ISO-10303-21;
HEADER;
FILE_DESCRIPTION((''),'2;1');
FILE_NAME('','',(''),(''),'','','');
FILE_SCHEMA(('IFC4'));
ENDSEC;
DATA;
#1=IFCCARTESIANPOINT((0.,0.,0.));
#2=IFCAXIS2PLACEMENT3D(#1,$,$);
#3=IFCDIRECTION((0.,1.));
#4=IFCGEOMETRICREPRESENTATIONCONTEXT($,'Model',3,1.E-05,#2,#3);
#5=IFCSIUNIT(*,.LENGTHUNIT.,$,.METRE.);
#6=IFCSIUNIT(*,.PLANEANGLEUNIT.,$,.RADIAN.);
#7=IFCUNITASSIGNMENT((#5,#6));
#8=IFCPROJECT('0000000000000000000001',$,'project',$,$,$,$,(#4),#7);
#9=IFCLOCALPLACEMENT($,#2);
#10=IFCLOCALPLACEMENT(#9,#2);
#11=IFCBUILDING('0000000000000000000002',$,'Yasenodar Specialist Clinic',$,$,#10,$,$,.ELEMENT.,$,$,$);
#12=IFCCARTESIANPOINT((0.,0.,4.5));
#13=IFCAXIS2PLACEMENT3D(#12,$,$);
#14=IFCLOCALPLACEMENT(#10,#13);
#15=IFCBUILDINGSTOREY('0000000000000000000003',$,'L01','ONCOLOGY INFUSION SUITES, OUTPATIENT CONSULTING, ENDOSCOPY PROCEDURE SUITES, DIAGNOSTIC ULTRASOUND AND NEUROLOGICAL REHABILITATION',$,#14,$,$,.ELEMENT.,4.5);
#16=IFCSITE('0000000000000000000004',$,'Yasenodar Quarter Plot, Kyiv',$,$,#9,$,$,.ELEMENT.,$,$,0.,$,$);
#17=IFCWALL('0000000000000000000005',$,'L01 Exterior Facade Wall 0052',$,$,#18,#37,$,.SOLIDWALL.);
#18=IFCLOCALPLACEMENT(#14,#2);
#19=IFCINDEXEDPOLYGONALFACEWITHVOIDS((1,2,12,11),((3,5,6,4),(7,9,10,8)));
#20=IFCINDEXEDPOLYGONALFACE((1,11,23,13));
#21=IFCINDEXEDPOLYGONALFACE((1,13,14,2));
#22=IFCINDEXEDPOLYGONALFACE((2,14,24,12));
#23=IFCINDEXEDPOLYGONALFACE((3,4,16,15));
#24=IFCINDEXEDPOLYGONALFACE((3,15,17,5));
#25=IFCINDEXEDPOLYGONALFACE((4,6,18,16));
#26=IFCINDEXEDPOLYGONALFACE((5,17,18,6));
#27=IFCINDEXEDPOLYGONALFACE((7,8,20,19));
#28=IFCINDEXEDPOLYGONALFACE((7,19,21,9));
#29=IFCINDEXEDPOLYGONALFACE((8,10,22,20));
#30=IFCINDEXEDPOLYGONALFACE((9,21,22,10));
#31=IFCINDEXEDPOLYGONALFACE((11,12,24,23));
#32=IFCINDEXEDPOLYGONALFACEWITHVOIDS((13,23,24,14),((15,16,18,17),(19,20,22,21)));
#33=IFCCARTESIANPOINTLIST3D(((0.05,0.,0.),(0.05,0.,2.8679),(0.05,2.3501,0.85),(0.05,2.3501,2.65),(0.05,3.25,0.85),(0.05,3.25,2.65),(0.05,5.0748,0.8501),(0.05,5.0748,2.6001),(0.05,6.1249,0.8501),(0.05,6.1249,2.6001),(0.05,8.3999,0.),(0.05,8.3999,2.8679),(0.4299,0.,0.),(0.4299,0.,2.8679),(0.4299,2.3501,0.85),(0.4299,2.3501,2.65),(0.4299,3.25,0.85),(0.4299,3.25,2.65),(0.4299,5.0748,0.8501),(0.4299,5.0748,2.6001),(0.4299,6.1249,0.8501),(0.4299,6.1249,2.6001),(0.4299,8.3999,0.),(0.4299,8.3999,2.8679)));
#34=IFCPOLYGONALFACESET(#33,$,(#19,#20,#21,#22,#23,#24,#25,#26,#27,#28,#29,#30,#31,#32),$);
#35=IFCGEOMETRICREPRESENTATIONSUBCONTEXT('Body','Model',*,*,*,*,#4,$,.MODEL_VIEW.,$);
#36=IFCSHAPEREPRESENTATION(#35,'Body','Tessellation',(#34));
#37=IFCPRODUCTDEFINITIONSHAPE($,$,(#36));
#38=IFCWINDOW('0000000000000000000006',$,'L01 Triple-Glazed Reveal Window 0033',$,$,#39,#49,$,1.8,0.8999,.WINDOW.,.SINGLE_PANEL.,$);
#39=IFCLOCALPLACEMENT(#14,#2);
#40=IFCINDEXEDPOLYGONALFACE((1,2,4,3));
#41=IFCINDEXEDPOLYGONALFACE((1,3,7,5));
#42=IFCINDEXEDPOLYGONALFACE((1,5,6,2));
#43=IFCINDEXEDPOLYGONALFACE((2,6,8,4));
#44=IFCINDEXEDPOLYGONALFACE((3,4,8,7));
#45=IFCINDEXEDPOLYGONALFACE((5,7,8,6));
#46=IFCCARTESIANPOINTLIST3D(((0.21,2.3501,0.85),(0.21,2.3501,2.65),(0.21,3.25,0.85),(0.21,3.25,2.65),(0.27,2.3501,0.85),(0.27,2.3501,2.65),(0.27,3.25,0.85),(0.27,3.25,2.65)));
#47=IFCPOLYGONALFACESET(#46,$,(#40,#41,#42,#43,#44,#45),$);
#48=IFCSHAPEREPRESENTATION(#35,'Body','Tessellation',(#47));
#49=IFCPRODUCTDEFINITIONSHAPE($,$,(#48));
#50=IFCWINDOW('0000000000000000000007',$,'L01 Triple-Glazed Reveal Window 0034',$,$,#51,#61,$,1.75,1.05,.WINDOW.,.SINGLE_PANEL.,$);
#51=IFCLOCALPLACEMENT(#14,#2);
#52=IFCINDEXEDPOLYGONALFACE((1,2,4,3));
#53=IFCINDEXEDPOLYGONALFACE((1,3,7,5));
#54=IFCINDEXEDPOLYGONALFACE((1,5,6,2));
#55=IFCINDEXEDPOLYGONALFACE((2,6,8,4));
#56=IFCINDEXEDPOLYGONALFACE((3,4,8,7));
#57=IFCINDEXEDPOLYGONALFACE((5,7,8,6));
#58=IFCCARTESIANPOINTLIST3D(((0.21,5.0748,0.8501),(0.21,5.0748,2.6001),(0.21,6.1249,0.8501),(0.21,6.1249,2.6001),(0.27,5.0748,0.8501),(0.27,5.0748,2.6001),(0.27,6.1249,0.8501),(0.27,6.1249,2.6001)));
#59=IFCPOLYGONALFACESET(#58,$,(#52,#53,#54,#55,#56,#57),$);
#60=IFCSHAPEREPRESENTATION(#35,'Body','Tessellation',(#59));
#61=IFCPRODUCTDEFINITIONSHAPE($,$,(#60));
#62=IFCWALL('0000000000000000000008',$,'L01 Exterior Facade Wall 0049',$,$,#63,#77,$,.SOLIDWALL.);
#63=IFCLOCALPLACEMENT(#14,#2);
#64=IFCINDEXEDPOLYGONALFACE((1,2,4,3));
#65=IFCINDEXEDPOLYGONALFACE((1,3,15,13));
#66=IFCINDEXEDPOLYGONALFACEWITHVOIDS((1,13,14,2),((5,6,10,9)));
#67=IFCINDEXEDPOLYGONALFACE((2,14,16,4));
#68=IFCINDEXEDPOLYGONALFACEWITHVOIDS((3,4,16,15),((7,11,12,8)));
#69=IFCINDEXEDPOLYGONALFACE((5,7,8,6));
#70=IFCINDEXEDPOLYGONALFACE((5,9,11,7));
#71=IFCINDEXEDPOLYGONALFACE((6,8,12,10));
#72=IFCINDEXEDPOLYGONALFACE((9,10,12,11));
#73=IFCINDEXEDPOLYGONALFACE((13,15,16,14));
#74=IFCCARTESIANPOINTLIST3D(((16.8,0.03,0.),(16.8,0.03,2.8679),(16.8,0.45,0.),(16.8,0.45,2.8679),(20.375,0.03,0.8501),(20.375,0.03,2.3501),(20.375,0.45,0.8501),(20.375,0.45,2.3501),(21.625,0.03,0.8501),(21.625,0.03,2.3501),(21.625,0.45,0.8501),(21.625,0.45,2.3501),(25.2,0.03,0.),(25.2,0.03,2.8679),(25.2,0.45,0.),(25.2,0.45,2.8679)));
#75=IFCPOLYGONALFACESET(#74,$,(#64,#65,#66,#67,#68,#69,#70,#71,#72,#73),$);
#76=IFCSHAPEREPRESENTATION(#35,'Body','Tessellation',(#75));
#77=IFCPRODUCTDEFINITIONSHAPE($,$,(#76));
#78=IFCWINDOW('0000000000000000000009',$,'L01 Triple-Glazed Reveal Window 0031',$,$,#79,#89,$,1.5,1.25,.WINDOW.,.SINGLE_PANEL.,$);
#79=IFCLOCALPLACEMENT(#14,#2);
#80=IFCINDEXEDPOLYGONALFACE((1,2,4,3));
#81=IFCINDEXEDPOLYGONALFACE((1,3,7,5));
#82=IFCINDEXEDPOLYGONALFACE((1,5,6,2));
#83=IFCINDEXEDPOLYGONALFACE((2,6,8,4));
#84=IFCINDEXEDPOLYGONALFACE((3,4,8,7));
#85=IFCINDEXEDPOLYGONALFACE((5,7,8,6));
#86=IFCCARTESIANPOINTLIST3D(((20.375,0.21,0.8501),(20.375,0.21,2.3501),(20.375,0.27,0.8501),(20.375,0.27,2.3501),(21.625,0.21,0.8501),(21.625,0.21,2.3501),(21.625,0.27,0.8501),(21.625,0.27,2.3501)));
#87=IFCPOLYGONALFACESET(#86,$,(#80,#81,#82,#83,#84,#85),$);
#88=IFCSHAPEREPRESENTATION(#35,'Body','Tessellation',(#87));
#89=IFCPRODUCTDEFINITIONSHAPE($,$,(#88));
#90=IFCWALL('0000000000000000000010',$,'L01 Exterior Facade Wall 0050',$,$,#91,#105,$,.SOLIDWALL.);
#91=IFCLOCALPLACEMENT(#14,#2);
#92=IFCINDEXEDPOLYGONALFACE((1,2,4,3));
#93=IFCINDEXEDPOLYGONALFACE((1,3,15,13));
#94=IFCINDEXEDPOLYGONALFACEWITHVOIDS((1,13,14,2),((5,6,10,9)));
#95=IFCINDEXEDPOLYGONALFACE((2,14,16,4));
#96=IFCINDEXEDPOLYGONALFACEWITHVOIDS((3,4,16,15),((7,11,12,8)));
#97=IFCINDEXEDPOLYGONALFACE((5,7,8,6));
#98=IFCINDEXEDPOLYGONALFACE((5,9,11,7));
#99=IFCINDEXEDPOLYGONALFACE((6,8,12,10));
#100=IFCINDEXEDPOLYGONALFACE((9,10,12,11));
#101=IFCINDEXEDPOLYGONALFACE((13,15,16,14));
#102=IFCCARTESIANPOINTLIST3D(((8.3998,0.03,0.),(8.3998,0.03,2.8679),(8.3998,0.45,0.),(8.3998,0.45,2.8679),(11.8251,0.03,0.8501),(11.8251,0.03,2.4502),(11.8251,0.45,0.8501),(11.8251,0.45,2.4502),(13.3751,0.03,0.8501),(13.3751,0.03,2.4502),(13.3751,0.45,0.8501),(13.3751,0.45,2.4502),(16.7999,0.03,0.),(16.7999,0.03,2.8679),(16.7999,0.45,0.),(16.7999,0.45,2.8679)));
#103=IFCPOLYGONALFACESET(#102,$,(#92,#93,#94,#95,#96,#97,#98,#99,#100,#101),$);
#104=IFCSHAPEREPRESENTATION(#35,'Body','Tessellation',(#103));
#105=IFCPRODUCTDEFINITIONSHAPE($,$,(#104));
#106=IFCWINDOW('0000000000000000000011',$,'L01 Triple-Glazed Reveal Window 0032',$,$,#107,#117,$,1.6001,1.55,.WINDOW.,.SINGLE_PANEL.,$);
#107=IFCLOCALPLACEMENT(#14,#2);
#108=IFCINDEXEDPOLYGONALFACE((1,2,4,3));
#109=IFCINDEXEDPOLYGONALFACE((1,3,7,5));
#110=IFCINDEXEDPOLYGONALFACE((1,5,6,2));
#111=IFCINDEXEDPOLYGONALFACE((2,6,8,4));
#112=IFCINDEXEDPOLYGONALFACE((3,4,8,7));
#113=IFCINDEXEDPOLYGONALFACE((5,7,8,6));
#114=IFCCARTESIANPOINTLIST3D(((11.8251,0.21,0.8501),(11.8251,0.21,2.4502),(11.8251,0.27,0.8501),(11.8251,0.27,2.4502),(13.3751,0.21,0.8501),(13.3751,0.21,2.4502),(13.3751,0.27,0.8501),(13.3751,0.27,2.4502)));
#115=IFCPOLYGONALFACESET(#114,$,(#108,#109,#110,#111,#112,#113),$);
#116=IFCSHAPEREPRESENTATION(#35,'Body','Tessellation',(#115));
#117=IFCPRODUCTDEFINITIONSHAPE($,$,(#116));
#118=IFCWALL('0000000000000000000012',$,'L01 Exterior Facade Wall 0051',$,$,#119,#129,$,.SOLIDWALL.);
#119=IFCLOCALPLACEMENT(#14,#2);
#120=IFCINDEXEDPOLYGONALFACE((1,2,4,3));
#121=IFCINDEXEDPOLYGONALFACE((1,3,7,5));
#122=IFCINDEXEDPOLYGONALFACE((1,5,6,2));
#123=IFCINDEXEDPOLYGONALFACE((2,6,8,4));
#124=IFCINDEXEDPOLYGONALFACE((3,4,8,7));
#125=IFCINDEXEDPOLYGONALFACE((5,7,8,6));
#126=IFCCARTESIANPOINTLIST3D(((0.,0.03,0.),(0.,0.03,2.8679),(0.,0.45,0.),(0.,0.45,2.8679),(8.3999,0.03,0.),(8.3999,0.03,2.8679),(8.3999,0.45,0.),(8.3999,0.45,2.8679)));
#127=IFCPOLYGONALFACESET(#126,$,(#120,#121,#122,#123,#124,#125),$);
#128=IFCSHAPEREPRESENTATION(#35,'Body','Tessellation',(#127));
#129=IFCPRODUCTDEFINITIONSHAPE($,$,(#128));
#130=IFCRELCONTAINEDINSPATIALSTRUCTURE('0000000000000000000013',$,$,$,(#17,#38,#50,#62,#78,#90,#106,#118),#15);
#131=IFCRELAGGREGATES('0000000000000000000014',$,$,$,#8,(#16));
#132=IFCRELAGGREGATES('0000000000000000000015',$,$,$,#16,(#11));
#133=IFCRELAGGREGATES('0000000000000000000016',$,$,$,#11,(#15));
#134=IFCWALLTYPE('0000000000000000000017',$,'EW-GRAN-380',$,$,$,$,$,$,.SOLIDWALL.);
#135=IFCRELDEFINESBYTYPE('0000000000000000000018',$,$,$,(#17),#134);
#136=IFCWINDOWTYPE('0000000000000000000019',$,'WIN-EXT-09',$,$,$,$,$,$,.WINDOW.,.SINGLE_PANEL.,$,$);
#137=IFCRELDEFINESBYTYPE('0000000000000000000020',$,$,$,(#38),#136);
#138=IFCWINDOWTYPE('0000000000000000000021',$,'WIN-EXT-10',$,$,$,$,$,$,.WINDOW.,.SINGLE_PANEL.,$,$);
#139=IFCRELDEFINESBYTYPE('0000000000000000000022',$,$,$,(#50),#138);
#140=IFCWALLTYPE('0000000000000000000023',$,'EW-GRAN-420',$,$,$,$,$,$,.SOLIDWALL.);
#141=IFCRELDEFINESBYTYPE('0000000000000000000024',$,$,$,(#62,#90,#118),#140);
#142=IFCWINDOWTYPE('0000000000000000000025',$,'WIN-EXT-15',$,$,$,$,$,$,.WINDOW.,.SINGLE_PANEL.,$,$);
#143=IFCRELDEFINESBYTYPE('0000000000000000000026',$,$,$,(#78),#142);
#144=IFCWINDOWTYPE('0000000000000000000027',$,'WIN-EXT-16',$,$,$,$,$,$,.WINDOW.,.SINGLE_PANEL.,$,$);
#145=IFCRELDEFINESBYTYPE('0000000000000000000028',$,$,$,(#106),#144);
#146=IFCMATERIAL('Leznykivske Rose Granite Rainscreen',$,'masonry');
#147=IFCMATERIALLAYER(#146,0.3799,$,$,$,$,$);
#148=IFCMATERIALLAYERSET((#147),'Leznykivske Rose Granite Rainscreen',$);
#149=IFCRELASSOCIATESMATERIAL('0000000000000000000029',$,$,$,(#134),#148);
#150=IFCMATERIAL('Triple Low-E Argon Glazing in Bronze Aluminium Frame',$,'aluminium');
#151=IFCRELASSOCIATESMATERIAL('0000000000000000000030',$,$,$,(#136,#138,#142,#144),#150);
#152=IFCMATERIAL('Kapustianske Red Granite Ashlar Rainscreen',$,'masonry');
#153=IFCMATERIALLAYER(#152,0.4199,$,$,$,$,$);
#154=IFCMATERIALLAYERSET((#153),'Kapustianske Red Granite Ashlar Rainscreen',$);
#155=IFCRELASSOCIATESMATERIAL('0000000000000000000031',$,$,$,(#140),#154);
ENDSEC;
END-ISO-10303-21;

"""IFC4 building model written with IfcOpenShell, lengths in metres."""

from ifc_helpers import new_model, si_unit, direction, frame, frame_2d, origin, place, context, subcontext, project, spatial, rectangle, extrude, material, layer, layer_set, type_object, element, fill, save


model = new_model("IFC4")

# Units and contexts
model_context = context("Model", 3, precision=1e-05, world=origin(), true_north=direction((0.0, 1.0)))
body_context = subcontext(model_context, "Body", "Model", "MODEL_VIEW")
ifc_project = project(units=[si_unit("LENGTHUNIT", "METRE"), si_unit("PLANEANGLEUNIT", "RADIAN")], contexts=[model_context])

# Site, building, storey
site_placement = place(None, origin())
site = spatial("IfcSite", under=ifc_project, at=site_placement, Name="Yasenodar Quarter Plot, Kyiv", CompositionType="ELEMENT", RefElevation=0.0)
building_placement = place(site_placement, origin())
building = spatial("IfcBuilding", under=site, at=building_placement, Name="Yasenodar Specialist Clinic", CompositionType="ELEMENT")
storey_placement = place(building_placement, frame((0.0, 0.0, 4.5)))
storey = spatial("IfcBuildingStorey", under=building, at=storey_placement, Name="L01", Description="ONCOLOGY INFUSION SUITES, OUTPATIENT CONSULTING, ENDOSCOPY PROCEDURE SUITES, DIAGNOSTIC ULTRASOUND AND NEUROLOGICAL REHABILITATION", CompositionType="ELEMENT", Elevation=4.5)

# Wall, openings, windows
ifc_material_1 = material(Name="Leznykivske Rose Granite Rainscreen", Category="masonry")
ifc_layer_1 = layer(ifc_material_1, 0.3799)
ifc_layer_set_1 = layer_set([ifc_layer_1], Name="Leznykivske Rose Granite Rainscreen")
wall_type_1 = type_object("IfcWallType", Name="EW-GRAN-380", PredefinedType="SOLIDWALL", material=ifc_layer_set_1)
wall_1_placement = place(storey_placement, frame((0.24, 0.0, 0.0), z_axis=(0.0, 0.0, 1.0), x_axis=(0.0, 1.0, 0.0)))
wall_1 = element("IfcWall", 1, at=wall_1_placement, inside=storey, type_object=wall_type_1, Name="L01 Exterior Facade Wall 0052", PredefinedType="SOLIDWALL", context=body_context, shape_type="SweptSolid", body=[
    extrude(rectangle(XDim=8.3999, YDim=0.3799, at=frame_2d((4.2, 0.0))), origin(), (0.0, 0.0, 1.0), 2.8679),
])
opening_1_placement = place(wall_1_placement, frame((2.3501, 0.0, 0.8501)))
opening_1 = element("IfcOpeningElement", 2, at=opening_1_placement, cuts=wall_1, PredefinedType="OPENING", context=body_context, shape_type="SweptSolid", body=[
    extrude(rectangle(XDim=0.8999, YDim=1.8, at=frame_2d((0.45, 0.8999))), frame((0.0, 0.2, 0.0), z_axis=(0.0, -1.0, 0.0), x_axis=(1.0, 0.0, 0.0)), (0.0, 0.0, 1.0), 0.3999),
])
opening_2_placement = place(wall_1_placement, frame((5.075, 0.0, 0.8501)))
opening_2 = element("IfcOpeningElement", 3, at=opening_2_placement, cuts=wall_1, PredefinedType="OPENING", context=body_context, shape_type="SweptSolid", body=[
    extrude(rectangle(XDim=1.05, YDim=1.75, at=frame_2d((0.5249, 0.875))), frame((0.0, 0.2, 0.0), z_axis=(0.0, -1.0, 0.0), x_axis=(1.0, 0.0, 0.0)), (0.0, 0.0, 1.0), 0.3999),
])
ifc_material_2 = material(Name="Triple Low-E Argon Glazing in Bronze Aluminium Frame", Category="aluminium")
window_type_1 = type_object("IfcWindowType", Name="WIN-EXT-09", PartitioningType="SINGLE_PANEL", PredefinedType="WINDOW", material=ifc_material_2)
window_1_placement = place(opening_1_placement, origin())
window_1 = element("IfcWindow", 4, at=window_1_placement, inside=storey, type_object=window_type_1, Name="L01 Triple-Glazed Reveal Window 0033", OverallHeight=1.8, OverallWidth=0.8999, PartitioningType="SINGLE_PANEL", PredefinedType="WINDOW", context=body_context, shape_type="SweptSolid", body=[
    extrude(rectangle(XDim=0.8999, YDim=1.8, at=frame_2d((0.45, 0.8999))), frame((0.0, 0.03, 0.0), z_axis=(0.0, -1.0, 0.0), x_axis=(1.0, 0.0, 0.0)), (0.0, 0.0, 1.0), 0.0601),
])
fill(opening_1, window_1)
window_type_2 = type_object("IfcWindowType", Name="WIN-EXT-10", PartitioningType="SINGLE_PANEL", PredefinedType="WINDOW", material=ifc_material_2)
window_2_placement = place(opening_2_placement, origin())
window_2 = element("IfcWindow", 5, at=window_2_placement, inside=storey, type_object=window_type_2, Name="L01 Triple-Glazed Reveal Window 0034", OverallHeight=1.75, OverallWidth=1.05, PartitioningType="SINGLE_PANEL", PredefinedType="WINDOW", context=body_context, shape_type="SweptSolid", body=[
    extrude(rectangle(XDim=1.05, YDim=1.75, at=frame_2d((0.5249, 0.875))), frame((0.0, 0.03, 0.0), z_axis=(0.0, -1.0, 0.0), x_axis=(1.0, 0.0, 0.0)), (0.0, 0.0, 1.0), 0.0601),
])
fill(opening_2, window_2)

# Walls, openings, windows
ifc_material_3 = material(Name="Kapustianske Red Granite Ashlar Rainscreen", Category="masonry")
ifc_layer_2 = layer(ifc_material_3, 0.4199)
ifc_layer_set_2 = layer_set([ifc_layer_2], Name="Kapustianske Red Granite Ashlar Rainscreen")
wall_type_2 = type_object("IfcWallType", Name="EW-GRAN-420", PredefinedType="SOLIDWALL", material=ifc_layer_set_2)
wall_2_placement = place(storey_placement, frame((25.2, 0.24, 0.0), z_axis=(0.0, 0.0, 1.0), x_axis=(-1.0, 0.0, 0.0)))
wall_2 = element("IfcWall", 6, at=wall_2_placement, inside=storey, type_object=wall_type_2, Name="L01 Exterior Facade Wall 0049", PredefinedType="SOLIDWALL", context=body_context, shape_type="SweptSolid", body=[
    extrude(rectangle(XDim=8.3999, YDim=0.4199, at=frame_2d((4.2, 0.0))), origin(), (0.0, 0.0, 1.0), 2.8679),
])
opening_3_placement = place(wall_2_placement, frame((3.575, 0.0, 0.8501)))
opening_3 = element("IfcOpeningElement", 7, at=opening_3_placement, cuts=wall_2, PredefinedType="OPENING", context=body_context, shape_type="SweptSolid", body=[
    extrude(rectangle(XDim=1.25, YDim=1.5, at=frame_2d((0.625, 0.75))), frame((0.0, 0.22, 0.0), z_axis=(0.0, -1.0, 0.0), x_axis=(1.0, 0.0, 0.0)), (0.0, 0.0, 1.0), 0.4399),
])
window_type_3 = type_object("IfcWindowType", Name="WIN-EXT-15", PartitioningType="SINGLE_PANEL", PredefinedType="WINDOW", material=ifc_material_2)
window_3_placement = place(opening_3_placement, origin())
window_3 = element("IfcWindow", 8, at=window_3_placement, inside=storey, type_object=window_type_3, Name="L01 Triple-Glazed Reveal Window 0031", OverallHeight=1.5, OverallWidth=1.25, PartitioningType="SINGLE_PANEL", PredefinedType="WINDOW", context=body_context, shape_type="SweptSolid", body=[
    extrude(rectangle(XDim=1.25, YDim=1.5, at=frame_2d((0.625, 0.75))), frame((0.0, 0.03, 0.0), z_axis=(0.0, -1.0, 0.0), x_axis=(1.0, 0.0, 0.0)), (0.0, 0.0, 1.0), 0.0601),
])
fill(opening_3, window_3)
wall_3_placement = place(storey_placement, frame((16.8, 0.24, 0.0), z_axis=(0.0, 0.0, 1.0), x_axis=(-1.0, 0.0, 0.0)))
wall_3 = element("IfcWall", 9, at=wall_3_placement, inside=storey, type_object=wall_type_2, Name="L01 Exterior Facade Wall 0050", PredefinedType="SOLIDWALL", context=body_context, shape_type="SweptSolid", body=[
    extrude(rectangle(XDim=8.4001, YDim=0.4199, at=frame_2d((4.2002, 0.0))), origin(), (0.0, 0.0, 1.0), 2.8679),
])
opening_4_placement = place(wall_3_placement, frame((3.425, 0.0, 0.8501)))
opening_4 = element("IfcOpeningElement", 10, at=opening_4_placement, cuts=wall_3, PredefinedType="OPENING", context=body_context, shape_type="SweptSolid", body=[
    extrude(rectangle(XDim=1.55, YDim=1.6001, at=frame_2d((0.7749, 0.8))), frame((0.0, 0.22, 0.0), z_axis=(0.0, -1.0, 0.0), x_axis=(1.0, 0.0, 0.0)), (0.0, 0.0, 1.0), 0.4399),
])
window_type_4 = type_object("IfcWindowType", Name="WIN-EXT-16", PartitioningType="SINGLE_PANEL", PredefinedType="WINDOW", material=ifc_material_2)
window_4_placement = place(opening_4_placement, origin())
window_4 = element("IfcWindow", 11, at=window_4_placement, inside=storey, type_object=window_type_4, Name="L01 Triple-Glazed Reveal Window 0032", OverallHeight=1.6001, OverallWidth=1.55, PartitioningType="SINGLE_PANEL", PredefinedType="WINDOW", context=body_context, shape_type="SweptSolid", body=[
    extrude(rectangle(XDim=1.55, YDim=1.6001, at=frame_2d((0.7749, 0.8))), frame((0.0, 0.03, 0.0), z_axis=(0.0, -1.0, 0.0), x_axis=(1.0, 0.0, 0.0)), (0.0, 0.0, 1.0), 0.0601),
])
fill(opening_4, window_4)

# Wall
wall_4_placement = place(storey_placement, frame((8.3999, 0.24, 0.0), z_axis=(0.0, 0.0, 1.0), x_axis=(-1.0, 0.0, 0.0)))
element("IfcWall", 12, at=wall_4_placement, inside=storey, type_object=wall_type_2, Name="L01 Exterior Facade Wall 0051", PredefinedType="SOLIDWALL", context=body_context, shape_type="SweptSolid", body=[
    extrude(rectangle(XDim=8.3999, YDim=0.4199, at=frame_2d((4.2, 0.0))), origin(), (0.0, 0.0, 1.0), 2.8679),
])

save(model, "model.ifc")
